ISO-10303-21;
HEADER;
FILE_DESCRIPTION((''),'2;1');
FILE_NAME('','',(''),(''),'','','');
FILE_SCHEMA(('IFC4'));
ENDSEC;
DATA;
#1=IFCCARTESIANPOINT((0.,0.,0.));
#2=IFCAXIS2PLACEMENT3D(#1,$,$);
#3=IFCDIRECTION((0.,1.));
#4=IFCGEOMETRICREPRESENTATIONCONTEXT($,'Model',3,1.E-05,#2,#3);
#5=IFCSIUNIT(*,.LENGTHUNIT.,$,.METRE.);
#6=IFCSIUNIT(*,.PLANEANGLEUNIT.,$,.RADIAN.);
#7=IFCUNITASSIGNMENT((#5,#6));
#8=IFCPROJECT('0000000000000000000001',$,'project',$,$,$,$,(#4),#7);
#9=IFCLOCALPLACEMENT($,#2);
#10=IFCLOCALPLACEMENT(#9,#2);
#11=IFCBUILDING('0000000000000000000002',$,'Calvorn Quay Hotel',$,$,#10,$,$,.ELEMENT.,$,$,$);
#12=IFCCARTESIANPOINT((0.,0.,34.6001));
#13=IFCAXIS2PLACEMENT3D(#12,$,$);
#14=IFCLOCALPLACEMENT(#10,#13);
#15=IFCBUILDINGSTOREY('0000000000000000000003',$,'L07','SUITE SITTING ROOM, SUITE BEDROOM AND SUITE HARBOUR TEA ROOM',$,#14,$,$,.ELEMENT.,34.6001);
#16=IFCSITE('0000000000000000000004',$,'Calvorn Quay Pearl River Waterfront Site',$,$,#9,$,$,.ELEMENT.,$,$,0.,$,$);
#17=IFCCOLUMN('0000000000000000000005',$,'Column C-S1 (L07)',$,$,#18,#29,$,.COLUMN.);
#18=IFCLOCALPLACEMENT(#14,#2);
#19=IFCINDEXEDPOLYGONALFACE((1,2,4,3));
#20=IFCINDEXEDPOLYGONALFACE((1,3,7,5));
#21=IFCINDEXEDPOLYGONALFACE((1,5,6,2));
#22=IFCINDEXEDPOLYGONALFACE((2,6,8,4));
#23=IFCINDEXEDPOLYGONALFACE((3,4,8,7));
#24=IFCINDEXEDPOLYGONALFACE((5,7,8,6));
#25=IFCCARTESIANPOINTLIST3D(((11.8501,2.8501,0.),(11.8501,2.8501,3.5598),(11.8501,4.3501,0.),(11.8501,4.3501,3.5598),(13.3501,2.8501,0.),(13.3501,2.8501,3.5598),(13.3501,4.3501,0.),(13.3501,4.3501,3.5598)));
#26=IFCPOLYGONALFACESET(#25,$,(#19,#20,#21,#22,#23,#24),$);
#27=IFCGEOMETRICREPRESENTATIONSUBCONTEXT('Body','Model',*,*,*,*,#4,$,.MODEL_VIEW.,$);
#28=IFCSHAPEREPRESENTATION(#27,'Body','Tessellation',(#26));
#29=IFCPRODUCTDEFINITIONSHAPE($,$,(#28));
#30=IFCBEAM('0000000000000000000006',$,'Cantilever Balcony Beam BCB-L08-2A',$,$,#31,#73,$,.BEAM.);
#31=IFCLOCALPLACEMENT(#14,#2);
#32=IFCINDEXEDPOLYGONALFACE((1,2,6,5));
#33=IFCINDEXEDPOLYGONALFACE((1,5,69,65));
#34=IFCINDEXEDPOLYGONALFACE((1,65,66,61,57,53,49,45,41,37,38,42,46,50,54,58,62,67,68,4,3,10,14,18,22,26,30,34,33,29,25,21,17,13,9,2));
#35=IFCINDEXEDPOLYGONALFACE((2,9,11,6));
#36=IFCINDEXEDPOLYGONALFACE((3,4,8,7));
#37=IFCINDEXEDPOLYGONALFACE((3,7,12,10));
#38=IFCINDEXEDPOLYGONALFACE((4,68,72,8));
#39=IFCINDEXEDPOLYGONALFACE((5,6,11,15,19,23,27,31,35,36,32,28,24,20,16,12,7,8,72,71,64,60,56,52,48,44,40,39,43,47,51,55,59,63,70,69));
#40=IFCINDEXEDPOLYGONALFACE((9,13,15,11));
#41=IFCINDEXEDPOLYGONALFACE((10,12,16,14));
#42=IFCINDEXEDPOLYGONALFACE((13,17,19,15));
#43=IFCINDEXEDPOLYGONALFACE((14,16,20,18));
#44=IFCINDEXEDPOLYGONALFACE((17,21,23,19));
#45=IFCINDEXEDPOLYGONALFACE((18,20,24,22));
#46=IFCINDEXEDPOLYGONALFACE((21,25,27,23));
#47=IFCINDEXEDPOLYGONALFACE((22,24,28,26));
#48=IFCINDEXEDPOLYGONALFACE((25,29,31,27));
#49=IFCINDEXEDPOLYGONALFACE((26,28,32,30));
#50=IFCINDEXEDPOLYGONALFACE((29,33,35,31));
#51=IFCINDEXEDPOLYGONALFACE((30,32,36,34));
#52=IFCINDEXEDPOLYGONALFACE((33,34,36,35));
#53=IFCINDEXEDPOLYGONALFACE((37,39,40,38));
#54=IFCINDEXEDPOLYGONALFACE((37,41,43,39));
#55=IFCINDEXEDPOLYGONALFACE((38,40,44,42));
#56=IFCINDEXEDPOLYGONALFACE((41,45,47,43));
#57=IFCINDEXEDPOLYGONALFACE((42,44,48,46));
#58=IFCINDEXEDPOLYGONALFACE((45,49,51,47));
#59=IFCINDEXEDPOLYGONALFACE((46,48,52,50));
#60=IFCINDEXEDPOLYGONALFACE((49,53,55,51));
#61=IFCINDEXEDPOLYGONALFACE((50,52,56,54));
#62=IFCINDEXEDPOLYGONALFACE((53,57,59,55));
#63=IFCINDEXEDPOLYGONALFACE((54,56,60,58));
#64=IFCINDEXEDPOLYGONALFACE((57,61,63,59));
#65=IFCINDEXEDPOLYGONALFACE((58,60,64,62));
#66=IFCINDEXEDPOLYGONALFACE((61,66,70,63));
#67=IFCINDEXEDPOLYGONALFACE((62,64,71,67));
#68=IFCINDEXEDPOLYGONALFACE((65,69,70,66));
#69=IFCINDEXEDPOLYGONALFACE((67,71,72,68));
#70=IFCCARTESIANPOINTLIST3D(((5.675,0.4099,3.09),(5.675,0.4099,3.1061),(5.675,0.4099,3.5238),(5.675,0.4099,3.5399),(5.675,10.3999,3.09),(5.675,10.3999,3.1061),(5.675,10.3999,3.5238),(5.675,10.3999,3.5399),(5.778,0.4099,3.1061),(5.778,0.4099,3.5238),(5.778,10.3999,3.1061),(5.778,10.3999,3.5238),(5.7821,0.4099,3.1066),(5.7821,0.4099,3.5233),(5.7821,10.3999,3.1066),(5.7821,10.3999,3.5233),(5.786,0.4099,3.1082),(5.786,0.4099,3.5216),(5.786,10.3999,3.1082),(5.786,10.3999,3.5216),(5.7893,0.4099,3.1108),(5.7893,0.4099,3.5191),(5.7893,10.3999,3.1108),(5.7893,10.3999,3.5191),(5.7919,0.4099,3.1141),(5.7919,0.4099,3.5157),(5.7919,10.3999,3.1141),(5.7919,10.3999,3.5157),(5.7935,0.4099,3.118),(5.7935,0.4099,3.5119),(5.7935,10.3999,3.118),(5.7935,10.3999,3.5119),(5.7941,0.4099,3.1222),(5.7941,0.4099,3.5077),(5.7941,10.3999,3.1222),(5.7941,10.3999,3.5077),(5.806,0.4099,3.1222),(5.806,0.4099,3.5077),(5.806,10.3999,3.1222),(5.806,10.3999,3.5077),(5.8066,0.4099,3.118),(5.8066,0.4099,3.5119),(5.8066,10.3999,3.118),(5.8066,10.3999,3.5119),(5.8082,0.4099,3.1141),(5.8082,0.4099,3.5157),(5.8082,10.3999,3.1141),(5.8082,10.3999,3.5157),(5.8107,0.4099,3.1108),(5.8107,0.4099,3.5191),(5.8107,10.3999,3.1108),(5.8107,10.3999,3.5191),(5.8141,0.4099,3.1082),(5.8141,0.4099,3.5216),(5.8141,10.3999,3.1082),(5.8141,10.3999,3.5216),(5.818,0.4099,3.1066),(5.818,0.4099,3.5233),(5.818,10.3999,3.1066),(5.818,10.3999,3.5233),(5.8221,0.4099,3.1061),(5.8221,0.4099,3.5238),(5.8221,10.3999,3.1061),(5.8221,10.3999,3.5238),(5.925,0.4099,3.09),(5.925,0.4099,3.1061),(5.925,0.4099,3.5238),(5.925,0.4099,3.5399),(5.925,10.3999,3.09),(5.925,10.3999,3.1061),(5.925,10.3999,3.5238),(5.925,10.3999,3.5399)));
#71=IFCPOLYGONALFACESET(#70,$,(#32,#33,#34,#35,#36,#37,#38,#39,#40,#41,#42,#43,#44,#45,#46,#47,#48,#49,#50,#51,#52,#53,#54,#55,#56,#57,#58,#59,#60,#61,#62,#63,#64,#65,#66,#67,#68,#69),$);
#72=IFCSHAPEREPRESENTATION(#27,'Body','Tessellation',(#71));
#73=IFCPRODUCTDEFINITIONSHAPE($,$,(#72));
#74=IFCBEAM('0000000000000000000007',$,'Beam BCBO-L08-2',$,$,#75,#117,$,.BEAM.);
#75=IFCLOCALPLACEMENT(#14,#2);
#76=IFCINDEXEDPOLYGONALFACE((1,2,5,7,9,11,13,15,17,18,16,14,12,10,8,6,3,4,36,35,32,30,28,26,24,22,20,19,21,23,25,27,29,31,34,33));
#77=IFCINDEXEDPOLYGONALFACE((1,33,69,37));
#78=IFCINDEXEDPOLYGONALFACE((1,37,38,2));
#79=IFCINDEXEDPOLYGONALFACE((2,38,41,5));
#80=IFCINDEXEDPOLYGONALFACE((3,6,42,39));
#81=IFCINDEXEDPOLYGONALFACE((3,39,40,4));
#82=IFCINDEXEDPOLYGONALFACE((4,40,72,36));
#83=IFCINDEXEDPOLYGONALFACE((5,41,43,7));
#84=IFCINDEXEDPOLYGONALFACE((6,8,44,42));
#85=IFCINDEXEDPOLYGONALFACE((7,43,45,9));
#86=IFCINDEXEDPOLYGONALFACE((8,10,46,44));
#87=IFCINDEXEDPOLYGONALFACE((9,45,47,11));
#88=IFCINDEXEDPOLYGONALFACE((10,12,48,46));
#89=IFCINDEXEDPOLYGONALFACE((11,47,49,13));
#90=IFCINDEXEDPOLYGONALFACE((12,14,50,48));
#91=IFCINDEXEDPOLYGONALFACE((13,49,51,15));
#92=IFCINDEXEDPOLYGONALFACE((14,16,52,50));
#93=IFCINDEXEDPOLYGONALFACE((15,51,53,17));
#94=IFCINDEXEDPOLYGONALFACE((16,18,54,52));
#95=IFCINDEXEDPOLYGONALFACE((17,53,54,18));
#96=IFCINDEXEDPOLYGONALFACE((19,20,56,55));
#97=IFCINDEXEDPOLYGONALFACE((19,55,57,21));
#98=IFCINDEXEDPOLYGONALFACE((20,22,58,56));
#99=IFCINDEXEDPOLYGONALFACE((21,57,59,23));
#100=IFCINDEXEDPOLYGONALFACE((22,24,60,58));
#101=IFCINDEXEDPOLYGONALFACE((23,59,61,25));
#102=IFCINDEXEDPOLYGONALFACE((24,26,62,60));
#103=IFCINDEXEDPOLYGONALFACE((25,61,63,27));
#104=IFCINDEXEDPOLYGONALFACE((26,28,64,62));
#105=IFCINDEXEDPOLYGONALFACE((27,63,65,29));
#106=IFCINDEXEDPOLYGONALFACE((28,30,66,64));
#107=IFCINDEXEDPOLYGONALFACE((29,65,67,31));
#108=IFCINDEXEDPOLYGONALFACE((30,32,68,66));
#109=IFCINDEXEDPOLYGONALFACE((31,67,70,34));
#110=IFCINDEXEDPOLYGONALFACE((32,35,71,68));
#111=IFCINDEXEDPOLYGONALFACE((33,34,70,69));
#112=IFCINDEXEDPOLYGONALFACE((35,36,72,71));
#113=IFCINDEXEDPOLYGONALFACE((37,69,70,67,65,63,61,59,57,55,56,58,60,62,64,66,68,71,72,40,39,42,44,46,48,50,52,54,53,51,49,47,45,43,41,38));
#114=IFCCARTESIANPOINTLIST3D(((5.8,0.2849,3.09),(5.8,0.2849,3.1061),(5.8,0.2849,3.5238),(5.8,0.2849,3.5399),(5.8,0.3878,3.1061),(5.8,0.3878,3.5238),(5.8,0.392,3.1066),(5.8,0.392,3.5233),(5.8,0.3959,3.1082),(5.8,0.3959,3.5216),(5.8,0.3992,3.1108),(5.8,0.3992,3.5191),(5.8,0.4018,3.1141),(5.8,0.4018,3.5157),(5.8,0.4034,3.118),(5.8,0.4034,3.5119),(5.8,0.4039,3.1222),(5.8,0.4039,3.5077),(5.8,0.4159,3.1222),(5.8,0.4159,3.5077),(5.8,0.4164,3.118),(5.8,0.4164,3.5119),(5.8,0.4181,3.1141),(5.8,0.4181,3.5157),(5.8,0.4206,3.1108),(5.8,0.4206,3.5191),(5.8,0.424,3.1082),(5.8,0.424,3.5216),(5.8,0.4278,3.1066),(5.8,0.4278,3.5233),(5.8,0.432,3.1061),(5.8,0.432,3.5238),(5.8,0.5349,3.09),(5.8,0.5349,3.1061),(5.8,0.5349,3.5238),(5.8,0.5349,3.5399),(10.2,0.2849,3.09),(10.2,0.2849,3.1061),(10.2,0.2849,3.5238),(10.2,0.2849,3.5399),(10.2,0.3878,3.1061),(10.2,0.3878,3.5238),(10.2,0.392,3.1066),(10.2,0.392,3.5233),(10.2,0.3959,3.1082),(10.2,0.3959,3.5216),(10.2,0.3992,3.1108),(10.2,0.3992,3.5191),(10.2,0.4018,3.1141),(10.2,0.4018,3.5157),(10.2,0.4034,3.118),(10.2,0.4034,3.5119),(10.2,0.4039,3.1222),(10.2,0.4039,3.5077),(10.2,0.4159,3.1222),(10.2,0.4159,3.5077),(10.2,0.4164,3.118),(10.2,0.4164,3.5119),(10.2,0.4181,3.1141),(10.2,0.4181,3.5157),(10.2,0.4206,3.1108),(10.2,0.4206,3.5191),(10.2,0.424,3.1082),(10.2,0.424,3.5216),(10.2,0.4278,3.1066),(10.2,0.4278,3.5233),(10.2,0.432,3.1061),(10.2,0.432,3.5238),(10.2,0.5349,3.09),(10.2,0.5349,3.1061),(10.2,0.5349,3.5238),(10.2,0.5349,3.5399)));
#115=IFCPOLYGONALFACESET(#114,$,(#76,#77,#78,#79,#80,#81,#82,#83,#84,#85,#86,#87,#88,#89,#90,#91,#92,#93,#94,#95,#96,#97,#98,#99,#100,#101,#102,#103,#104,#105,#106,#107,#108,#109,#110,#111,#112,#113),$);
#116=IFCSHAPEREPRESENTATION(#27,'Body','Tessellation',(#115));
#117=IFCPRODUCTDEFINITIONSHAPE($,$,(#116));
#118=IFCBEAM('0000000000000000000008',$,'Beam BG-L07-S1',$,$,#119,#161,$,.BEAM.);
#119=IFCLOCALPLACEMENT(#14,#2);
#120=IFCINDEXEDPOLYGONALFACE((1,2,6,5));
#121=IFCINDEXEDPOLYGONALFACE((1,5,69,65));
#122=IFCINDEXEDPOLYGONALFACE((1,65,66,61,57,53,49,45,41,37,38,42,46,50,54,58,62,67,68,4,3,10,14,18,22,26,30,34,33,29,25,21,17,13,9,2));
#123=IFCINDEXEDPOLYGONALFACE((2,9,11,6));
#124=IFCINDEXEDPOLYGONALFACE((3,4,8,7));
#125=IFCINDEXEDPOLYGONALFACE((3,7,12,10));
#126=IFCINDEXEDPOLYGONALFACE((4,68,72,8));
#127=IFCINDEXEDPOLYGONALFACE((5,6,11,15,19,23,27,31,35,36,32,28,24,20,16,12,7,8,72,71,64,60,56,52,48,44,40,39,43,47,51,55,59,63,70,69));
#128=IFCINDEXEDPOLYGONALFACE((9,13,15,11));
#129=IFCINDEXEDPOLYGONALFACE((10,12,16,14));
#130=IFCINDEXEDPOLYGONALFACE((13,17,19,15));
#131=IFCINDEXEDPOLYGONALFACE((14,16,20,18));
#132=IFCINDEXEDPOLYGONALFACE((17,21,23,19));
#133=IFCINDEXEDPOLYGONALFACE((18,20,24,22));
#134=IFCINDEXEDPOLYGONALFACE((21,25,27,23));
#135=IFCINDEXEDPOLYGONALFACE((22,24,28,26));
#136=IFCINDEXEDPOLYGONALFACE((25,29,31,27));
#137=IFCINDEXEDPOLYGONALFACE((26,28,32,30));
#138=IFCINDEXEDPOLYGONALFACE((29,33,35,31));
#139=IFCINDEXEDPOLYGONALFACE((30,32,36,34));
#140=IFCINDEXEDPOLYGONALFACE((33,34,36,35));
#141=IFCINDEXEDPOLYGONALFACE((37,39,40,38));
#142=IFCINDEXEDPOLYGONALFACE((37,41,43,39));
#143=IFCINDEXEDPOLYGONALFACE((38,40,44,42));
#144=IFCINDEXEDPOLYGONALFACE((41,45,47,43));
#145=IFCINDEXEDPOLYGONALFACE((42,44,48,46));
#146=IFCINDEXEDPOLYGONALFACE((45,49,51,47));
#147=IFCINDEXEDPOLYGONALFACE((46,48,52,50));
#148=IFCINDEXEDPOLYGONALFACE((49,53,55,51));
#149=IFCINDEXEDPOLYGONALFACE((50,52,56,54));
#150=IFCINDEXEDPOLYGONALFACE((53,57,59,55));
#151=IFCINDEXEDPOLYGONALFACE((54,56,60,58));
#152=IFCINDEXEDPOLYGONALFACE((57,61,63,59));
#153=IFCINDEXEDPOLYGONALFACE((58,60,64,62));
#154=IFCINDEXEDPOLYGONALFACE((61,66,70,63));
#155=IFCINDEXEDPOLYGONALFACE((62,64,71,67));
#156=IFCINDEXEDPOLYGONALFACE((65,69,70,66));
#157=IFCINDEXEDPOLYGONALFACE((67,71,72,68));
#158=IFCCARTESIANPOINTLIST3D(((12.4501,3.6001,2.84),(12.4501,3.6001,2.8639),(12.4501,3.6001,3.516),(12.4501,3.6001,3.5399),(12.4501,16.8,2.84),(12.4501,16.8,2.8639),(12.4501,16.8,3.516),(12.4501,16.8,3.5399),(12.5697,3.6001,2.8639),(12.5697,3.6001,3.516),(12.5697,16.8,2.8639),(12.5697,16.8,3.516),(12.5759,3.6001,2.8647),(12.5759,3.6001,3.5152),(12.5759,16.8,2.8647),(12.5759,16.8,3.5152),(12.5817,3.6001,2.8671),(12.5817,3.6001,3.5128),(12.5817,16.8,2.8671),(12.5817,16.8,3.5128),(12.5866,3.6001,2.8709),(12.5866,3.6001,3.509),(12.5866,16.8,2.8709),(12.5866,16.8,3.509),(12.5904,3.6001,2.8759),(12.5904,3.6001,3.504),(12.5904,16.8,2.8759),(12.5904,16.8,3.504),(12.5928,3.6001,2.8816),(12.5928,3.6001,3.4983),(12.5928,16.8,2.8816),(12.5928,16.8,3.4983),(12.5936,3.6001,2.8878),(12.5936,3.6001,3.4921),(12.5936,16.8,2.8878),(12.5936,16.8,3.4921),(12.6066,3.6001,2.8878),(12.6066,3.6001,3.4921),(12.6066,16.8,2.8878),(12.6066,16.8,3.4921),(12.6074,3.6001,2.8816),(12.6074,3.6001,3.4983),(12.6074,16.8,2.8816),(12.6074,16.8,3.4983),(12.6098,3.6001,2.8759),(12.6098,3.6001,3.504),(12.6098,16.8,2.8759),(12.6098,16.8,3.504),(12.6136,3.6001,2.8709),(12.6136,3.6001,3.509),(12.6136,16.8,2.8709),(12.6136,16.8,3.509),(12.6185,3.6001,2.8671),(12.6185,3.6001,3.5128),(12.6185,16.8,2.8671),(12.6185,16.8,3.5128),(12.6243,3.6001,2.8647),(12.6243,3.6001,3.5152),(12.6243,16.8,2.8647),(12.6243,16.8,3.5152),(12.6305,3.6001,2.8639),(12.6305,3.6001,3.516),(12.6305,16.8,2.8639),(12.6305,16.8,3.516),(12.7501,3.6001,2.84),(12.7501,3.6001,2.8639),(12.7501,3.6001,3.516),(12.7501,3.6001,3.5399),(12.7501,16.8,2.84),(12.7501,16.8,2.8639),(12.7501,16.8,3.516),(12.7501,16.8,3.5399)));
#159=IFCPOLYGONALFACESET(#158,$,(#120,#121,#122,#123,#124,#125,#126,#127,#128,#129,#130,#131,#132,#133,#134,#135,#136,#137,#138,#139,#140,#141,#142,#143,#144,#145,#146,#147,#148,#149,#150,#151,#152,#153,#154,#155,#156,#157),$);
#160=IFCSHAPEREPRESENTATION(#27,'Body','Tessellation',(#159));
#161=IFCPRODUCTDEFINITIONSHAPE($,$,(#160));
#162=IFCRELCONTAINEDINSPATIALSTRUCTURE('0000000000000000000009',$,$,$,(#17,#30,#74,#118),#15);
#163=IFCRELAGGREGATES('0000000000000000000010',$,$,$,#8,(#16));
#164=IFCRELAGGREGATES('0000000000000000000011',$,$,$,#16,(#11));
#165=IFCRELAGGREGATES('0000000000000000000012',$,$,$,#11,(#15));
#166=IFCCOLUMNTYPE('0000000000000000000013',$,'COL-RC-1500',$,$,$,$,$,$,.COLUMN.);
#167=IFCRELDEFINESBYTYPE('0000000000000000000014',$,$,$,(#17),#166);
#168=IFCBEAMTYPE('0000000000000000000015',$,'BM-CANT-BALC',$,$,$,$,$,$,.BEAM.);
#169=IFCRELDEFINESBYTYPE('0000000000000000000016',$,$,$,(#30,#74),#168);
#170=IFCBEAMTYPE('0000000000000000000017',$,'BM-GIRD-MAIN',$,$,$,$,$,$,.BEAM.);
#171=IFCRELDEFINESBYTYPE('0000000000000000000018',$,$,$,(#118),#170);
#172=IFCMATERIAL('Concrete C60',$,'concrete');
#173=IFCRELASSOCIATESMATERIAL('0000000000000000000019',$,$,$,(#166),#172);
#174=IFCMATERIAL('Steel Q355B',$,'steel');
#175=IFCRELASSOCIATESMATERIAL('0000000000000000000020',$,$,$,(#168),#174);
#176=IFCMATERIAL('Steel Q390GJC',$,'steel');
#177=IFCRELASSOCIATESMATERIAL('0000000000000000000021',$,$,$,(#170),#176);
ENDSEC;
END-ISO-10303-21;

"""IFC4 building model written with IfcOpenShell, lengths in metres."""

from ifc_helpers import new_model, si_unit, direction, frame, origin, origin_2d, place, context, subcontext, project, spatial, rectangle, i_section, extrude, material, material_profile, profile_set, type_object, element, save


model = new_model("IFC4")

# Units and contexts
model_context = context("Model", 3, precision=1e-05, world=origin(), true_north=direction((0.0, 1.0)))
body_context = subcontext(model_context, "Body", "Model", "MODEL_VIEW")
ifc_project = project(units=[si_unit("LENGTHUNIT", "METRE"), si_unit("PLANEANGLEUNIT", "RADIAN")], contexts=[model_context])

# Site, building, storey
site_placement = place(None, origin())
site = spatial("IfcSite", under=ifc_project, at=site_placement, Name="Calvorn Quay Pearl River Waterfront Site", CompositionType="ELEMENT", RefElevation=0.0)
building_placement = place(site_placement, origin())
building = spatial("IfcBuilding", under=site, at=building_placement, Name="Calvorn Quay Hotel", CompositionType="ELEMENT")
storey_placement = place(building_placement, frame((0.0, 0.0, 34.6001)))
storey = spatial("IfcBuildingStorey", under=building, at=storey_placement, Name="L07", Description="SUITE SITTING ROOM, SUITE BEDROOM AND SUITE HARBOUR TEA ROOM", CompositionType="ELEMENT", Elevation=34.6001)

# Column
ifc_material_1 = material(Name="Concrete C60", Category="concrete")
ifc_material_profile_1 = material_profile(ifc_material_1, rectangle(XDim=1.5, YDim=1.5, at=origin_2d()), Name="RC1500x1500")
ifc_profile_set_1 = profile_set([ifc_material_profile_1], Name="Concrete C60")
column_type = type_object("IfcColumnType", Name="COL-RC-1500", PredefinedType="COLUMN", material=ifc_profile_set_1)
column_placement = place(storey_placement, frame((12.6001, 3.6001, 0.0), z_axis=(0.0, 0.0, 1.0), x_axis=(1.0, 0.0, 0.0)))
element("IfcColumn", 1, at=column_placement, inside=storey, type_object=column_type, Name="Column C-S1 (L07)", PredefinedType="COLUMN", context=body_context, shape_type="SweptSolid", body=[
    extrude(rectangle(XDim=1.5, YDim=1.5, at=origin_2d()), origin(), (0.0, 0.0, 1.0), 3.5598),
])

# Beams
ifc_material_2 = material(Name="Steel Q355B", Category="steel")
ifc_material_profile_2 = material_profile(ifc_material_2, i_section(OverallWidth=0.25, OverallDepth=0.45, WebThickness=0.012, FlangeThickness=0.0161, FilletRadius=0.0161, at=origin_2d()), Name="HN450x250x12x16")
ifc_profile_set_2 = profile_set([ifc_material_profile_2], Name="Steel Q355B")
beam_type_1 = type_object("IfcBeamType", Name="BM-CANT-BALC", PredefinedType="BEAM", material=ifc_profile_set_2)
beam_1_placement = place(storey_placement, frame((5.8, 10.3999, 3.3149), z_axis=(0.0, -1.0, 0.0), x_axis=(1.0, 0.0, 0.0)))
element("IfcBeam", 2, at=beam_1_placement, inside=storey, type_object=beam_type_1, Name="Cantilever Balcony Beam BCB-L08-2A", PredefinedType="BEAM", context=body_context, shape_type="SweptSolid", body=[
    extrude(i_section(OverallWidth=0.25, OverallDepth=0.45, WebThickness=0.012, FlangeThickness=0.0161, FilletRadius=0.0161, at=origin_2d()), origin(), (0.0, 0.0, 1.0), 9.99),
])
beam_2_placement = place(storey_placement, frame((5.8, 0.4099, 3.3149), z_axis=(1.0, 0.0, 0.0), x_axis=(0.0, 1.0, 0.0)))
element("IfcBeam", 3, at=beam_2_placement, inside=storey, type_object=beam_type_1, Name="Beam BCBO-L08-2", PredefinedType="BEAM", context=body_context, shape_type="SweptSolid", body=[
    extrude(i_section(OverallWidth=0.25, OverallDepth=0.45, WebThickness=0.012, FlangeThickness=0.0161, FilletRadius=0.0161, at=origin_2d()), origin(), (0.0, 0.0, 1.0), 4.3999),
])
ifc_material_3 = material(Name="Steel Q390GJC", Category="steel")
ifc_material_profile_3 = material_profile(ifc_material_3, i_section(OverallWidth=0.3, OverallDepth=0.7, WebThickness=0.0129, FlangeThickness=0.0239, FilletRadius=0.0239, at=origin_2d()), Name="HN700x300x13x24")
ifc_profile_set_3 = profile_set([ifc_material_profile_3], Name="Steel Q390GJC")
beam_type_2 = type_object("IfcBeamType", Name="BM-GIRD-MAIN", PredefinedType="BEAM", material=ifc_profile_set_3)
beam_3_placement = place(storey_placement, frame((12.6001, 3.6001, 3.1899), z_axis=(0.0, 1.0, 0.0), x_axis=(-1.0, 0.0, 0.0)))
element("IfcBeam", 4, at=beam_3_placement, inside=storey, type_object=beam_type_2, Name="Beam BG-L07-S1", PredefinedType="BEAM", context=body_context, shape_type="SweptSolid", body=[
    extrude(i_section(OverallWidth=0.3, OverallDepth=0.7, WebThickness=0.0129, FlangeThickness=0.0239, FilletRadius=0.0239, at=origin_2d()), origin(), (0.0, 0.0, 1.0), 13.2),
])

save(model, "model.ifc")
